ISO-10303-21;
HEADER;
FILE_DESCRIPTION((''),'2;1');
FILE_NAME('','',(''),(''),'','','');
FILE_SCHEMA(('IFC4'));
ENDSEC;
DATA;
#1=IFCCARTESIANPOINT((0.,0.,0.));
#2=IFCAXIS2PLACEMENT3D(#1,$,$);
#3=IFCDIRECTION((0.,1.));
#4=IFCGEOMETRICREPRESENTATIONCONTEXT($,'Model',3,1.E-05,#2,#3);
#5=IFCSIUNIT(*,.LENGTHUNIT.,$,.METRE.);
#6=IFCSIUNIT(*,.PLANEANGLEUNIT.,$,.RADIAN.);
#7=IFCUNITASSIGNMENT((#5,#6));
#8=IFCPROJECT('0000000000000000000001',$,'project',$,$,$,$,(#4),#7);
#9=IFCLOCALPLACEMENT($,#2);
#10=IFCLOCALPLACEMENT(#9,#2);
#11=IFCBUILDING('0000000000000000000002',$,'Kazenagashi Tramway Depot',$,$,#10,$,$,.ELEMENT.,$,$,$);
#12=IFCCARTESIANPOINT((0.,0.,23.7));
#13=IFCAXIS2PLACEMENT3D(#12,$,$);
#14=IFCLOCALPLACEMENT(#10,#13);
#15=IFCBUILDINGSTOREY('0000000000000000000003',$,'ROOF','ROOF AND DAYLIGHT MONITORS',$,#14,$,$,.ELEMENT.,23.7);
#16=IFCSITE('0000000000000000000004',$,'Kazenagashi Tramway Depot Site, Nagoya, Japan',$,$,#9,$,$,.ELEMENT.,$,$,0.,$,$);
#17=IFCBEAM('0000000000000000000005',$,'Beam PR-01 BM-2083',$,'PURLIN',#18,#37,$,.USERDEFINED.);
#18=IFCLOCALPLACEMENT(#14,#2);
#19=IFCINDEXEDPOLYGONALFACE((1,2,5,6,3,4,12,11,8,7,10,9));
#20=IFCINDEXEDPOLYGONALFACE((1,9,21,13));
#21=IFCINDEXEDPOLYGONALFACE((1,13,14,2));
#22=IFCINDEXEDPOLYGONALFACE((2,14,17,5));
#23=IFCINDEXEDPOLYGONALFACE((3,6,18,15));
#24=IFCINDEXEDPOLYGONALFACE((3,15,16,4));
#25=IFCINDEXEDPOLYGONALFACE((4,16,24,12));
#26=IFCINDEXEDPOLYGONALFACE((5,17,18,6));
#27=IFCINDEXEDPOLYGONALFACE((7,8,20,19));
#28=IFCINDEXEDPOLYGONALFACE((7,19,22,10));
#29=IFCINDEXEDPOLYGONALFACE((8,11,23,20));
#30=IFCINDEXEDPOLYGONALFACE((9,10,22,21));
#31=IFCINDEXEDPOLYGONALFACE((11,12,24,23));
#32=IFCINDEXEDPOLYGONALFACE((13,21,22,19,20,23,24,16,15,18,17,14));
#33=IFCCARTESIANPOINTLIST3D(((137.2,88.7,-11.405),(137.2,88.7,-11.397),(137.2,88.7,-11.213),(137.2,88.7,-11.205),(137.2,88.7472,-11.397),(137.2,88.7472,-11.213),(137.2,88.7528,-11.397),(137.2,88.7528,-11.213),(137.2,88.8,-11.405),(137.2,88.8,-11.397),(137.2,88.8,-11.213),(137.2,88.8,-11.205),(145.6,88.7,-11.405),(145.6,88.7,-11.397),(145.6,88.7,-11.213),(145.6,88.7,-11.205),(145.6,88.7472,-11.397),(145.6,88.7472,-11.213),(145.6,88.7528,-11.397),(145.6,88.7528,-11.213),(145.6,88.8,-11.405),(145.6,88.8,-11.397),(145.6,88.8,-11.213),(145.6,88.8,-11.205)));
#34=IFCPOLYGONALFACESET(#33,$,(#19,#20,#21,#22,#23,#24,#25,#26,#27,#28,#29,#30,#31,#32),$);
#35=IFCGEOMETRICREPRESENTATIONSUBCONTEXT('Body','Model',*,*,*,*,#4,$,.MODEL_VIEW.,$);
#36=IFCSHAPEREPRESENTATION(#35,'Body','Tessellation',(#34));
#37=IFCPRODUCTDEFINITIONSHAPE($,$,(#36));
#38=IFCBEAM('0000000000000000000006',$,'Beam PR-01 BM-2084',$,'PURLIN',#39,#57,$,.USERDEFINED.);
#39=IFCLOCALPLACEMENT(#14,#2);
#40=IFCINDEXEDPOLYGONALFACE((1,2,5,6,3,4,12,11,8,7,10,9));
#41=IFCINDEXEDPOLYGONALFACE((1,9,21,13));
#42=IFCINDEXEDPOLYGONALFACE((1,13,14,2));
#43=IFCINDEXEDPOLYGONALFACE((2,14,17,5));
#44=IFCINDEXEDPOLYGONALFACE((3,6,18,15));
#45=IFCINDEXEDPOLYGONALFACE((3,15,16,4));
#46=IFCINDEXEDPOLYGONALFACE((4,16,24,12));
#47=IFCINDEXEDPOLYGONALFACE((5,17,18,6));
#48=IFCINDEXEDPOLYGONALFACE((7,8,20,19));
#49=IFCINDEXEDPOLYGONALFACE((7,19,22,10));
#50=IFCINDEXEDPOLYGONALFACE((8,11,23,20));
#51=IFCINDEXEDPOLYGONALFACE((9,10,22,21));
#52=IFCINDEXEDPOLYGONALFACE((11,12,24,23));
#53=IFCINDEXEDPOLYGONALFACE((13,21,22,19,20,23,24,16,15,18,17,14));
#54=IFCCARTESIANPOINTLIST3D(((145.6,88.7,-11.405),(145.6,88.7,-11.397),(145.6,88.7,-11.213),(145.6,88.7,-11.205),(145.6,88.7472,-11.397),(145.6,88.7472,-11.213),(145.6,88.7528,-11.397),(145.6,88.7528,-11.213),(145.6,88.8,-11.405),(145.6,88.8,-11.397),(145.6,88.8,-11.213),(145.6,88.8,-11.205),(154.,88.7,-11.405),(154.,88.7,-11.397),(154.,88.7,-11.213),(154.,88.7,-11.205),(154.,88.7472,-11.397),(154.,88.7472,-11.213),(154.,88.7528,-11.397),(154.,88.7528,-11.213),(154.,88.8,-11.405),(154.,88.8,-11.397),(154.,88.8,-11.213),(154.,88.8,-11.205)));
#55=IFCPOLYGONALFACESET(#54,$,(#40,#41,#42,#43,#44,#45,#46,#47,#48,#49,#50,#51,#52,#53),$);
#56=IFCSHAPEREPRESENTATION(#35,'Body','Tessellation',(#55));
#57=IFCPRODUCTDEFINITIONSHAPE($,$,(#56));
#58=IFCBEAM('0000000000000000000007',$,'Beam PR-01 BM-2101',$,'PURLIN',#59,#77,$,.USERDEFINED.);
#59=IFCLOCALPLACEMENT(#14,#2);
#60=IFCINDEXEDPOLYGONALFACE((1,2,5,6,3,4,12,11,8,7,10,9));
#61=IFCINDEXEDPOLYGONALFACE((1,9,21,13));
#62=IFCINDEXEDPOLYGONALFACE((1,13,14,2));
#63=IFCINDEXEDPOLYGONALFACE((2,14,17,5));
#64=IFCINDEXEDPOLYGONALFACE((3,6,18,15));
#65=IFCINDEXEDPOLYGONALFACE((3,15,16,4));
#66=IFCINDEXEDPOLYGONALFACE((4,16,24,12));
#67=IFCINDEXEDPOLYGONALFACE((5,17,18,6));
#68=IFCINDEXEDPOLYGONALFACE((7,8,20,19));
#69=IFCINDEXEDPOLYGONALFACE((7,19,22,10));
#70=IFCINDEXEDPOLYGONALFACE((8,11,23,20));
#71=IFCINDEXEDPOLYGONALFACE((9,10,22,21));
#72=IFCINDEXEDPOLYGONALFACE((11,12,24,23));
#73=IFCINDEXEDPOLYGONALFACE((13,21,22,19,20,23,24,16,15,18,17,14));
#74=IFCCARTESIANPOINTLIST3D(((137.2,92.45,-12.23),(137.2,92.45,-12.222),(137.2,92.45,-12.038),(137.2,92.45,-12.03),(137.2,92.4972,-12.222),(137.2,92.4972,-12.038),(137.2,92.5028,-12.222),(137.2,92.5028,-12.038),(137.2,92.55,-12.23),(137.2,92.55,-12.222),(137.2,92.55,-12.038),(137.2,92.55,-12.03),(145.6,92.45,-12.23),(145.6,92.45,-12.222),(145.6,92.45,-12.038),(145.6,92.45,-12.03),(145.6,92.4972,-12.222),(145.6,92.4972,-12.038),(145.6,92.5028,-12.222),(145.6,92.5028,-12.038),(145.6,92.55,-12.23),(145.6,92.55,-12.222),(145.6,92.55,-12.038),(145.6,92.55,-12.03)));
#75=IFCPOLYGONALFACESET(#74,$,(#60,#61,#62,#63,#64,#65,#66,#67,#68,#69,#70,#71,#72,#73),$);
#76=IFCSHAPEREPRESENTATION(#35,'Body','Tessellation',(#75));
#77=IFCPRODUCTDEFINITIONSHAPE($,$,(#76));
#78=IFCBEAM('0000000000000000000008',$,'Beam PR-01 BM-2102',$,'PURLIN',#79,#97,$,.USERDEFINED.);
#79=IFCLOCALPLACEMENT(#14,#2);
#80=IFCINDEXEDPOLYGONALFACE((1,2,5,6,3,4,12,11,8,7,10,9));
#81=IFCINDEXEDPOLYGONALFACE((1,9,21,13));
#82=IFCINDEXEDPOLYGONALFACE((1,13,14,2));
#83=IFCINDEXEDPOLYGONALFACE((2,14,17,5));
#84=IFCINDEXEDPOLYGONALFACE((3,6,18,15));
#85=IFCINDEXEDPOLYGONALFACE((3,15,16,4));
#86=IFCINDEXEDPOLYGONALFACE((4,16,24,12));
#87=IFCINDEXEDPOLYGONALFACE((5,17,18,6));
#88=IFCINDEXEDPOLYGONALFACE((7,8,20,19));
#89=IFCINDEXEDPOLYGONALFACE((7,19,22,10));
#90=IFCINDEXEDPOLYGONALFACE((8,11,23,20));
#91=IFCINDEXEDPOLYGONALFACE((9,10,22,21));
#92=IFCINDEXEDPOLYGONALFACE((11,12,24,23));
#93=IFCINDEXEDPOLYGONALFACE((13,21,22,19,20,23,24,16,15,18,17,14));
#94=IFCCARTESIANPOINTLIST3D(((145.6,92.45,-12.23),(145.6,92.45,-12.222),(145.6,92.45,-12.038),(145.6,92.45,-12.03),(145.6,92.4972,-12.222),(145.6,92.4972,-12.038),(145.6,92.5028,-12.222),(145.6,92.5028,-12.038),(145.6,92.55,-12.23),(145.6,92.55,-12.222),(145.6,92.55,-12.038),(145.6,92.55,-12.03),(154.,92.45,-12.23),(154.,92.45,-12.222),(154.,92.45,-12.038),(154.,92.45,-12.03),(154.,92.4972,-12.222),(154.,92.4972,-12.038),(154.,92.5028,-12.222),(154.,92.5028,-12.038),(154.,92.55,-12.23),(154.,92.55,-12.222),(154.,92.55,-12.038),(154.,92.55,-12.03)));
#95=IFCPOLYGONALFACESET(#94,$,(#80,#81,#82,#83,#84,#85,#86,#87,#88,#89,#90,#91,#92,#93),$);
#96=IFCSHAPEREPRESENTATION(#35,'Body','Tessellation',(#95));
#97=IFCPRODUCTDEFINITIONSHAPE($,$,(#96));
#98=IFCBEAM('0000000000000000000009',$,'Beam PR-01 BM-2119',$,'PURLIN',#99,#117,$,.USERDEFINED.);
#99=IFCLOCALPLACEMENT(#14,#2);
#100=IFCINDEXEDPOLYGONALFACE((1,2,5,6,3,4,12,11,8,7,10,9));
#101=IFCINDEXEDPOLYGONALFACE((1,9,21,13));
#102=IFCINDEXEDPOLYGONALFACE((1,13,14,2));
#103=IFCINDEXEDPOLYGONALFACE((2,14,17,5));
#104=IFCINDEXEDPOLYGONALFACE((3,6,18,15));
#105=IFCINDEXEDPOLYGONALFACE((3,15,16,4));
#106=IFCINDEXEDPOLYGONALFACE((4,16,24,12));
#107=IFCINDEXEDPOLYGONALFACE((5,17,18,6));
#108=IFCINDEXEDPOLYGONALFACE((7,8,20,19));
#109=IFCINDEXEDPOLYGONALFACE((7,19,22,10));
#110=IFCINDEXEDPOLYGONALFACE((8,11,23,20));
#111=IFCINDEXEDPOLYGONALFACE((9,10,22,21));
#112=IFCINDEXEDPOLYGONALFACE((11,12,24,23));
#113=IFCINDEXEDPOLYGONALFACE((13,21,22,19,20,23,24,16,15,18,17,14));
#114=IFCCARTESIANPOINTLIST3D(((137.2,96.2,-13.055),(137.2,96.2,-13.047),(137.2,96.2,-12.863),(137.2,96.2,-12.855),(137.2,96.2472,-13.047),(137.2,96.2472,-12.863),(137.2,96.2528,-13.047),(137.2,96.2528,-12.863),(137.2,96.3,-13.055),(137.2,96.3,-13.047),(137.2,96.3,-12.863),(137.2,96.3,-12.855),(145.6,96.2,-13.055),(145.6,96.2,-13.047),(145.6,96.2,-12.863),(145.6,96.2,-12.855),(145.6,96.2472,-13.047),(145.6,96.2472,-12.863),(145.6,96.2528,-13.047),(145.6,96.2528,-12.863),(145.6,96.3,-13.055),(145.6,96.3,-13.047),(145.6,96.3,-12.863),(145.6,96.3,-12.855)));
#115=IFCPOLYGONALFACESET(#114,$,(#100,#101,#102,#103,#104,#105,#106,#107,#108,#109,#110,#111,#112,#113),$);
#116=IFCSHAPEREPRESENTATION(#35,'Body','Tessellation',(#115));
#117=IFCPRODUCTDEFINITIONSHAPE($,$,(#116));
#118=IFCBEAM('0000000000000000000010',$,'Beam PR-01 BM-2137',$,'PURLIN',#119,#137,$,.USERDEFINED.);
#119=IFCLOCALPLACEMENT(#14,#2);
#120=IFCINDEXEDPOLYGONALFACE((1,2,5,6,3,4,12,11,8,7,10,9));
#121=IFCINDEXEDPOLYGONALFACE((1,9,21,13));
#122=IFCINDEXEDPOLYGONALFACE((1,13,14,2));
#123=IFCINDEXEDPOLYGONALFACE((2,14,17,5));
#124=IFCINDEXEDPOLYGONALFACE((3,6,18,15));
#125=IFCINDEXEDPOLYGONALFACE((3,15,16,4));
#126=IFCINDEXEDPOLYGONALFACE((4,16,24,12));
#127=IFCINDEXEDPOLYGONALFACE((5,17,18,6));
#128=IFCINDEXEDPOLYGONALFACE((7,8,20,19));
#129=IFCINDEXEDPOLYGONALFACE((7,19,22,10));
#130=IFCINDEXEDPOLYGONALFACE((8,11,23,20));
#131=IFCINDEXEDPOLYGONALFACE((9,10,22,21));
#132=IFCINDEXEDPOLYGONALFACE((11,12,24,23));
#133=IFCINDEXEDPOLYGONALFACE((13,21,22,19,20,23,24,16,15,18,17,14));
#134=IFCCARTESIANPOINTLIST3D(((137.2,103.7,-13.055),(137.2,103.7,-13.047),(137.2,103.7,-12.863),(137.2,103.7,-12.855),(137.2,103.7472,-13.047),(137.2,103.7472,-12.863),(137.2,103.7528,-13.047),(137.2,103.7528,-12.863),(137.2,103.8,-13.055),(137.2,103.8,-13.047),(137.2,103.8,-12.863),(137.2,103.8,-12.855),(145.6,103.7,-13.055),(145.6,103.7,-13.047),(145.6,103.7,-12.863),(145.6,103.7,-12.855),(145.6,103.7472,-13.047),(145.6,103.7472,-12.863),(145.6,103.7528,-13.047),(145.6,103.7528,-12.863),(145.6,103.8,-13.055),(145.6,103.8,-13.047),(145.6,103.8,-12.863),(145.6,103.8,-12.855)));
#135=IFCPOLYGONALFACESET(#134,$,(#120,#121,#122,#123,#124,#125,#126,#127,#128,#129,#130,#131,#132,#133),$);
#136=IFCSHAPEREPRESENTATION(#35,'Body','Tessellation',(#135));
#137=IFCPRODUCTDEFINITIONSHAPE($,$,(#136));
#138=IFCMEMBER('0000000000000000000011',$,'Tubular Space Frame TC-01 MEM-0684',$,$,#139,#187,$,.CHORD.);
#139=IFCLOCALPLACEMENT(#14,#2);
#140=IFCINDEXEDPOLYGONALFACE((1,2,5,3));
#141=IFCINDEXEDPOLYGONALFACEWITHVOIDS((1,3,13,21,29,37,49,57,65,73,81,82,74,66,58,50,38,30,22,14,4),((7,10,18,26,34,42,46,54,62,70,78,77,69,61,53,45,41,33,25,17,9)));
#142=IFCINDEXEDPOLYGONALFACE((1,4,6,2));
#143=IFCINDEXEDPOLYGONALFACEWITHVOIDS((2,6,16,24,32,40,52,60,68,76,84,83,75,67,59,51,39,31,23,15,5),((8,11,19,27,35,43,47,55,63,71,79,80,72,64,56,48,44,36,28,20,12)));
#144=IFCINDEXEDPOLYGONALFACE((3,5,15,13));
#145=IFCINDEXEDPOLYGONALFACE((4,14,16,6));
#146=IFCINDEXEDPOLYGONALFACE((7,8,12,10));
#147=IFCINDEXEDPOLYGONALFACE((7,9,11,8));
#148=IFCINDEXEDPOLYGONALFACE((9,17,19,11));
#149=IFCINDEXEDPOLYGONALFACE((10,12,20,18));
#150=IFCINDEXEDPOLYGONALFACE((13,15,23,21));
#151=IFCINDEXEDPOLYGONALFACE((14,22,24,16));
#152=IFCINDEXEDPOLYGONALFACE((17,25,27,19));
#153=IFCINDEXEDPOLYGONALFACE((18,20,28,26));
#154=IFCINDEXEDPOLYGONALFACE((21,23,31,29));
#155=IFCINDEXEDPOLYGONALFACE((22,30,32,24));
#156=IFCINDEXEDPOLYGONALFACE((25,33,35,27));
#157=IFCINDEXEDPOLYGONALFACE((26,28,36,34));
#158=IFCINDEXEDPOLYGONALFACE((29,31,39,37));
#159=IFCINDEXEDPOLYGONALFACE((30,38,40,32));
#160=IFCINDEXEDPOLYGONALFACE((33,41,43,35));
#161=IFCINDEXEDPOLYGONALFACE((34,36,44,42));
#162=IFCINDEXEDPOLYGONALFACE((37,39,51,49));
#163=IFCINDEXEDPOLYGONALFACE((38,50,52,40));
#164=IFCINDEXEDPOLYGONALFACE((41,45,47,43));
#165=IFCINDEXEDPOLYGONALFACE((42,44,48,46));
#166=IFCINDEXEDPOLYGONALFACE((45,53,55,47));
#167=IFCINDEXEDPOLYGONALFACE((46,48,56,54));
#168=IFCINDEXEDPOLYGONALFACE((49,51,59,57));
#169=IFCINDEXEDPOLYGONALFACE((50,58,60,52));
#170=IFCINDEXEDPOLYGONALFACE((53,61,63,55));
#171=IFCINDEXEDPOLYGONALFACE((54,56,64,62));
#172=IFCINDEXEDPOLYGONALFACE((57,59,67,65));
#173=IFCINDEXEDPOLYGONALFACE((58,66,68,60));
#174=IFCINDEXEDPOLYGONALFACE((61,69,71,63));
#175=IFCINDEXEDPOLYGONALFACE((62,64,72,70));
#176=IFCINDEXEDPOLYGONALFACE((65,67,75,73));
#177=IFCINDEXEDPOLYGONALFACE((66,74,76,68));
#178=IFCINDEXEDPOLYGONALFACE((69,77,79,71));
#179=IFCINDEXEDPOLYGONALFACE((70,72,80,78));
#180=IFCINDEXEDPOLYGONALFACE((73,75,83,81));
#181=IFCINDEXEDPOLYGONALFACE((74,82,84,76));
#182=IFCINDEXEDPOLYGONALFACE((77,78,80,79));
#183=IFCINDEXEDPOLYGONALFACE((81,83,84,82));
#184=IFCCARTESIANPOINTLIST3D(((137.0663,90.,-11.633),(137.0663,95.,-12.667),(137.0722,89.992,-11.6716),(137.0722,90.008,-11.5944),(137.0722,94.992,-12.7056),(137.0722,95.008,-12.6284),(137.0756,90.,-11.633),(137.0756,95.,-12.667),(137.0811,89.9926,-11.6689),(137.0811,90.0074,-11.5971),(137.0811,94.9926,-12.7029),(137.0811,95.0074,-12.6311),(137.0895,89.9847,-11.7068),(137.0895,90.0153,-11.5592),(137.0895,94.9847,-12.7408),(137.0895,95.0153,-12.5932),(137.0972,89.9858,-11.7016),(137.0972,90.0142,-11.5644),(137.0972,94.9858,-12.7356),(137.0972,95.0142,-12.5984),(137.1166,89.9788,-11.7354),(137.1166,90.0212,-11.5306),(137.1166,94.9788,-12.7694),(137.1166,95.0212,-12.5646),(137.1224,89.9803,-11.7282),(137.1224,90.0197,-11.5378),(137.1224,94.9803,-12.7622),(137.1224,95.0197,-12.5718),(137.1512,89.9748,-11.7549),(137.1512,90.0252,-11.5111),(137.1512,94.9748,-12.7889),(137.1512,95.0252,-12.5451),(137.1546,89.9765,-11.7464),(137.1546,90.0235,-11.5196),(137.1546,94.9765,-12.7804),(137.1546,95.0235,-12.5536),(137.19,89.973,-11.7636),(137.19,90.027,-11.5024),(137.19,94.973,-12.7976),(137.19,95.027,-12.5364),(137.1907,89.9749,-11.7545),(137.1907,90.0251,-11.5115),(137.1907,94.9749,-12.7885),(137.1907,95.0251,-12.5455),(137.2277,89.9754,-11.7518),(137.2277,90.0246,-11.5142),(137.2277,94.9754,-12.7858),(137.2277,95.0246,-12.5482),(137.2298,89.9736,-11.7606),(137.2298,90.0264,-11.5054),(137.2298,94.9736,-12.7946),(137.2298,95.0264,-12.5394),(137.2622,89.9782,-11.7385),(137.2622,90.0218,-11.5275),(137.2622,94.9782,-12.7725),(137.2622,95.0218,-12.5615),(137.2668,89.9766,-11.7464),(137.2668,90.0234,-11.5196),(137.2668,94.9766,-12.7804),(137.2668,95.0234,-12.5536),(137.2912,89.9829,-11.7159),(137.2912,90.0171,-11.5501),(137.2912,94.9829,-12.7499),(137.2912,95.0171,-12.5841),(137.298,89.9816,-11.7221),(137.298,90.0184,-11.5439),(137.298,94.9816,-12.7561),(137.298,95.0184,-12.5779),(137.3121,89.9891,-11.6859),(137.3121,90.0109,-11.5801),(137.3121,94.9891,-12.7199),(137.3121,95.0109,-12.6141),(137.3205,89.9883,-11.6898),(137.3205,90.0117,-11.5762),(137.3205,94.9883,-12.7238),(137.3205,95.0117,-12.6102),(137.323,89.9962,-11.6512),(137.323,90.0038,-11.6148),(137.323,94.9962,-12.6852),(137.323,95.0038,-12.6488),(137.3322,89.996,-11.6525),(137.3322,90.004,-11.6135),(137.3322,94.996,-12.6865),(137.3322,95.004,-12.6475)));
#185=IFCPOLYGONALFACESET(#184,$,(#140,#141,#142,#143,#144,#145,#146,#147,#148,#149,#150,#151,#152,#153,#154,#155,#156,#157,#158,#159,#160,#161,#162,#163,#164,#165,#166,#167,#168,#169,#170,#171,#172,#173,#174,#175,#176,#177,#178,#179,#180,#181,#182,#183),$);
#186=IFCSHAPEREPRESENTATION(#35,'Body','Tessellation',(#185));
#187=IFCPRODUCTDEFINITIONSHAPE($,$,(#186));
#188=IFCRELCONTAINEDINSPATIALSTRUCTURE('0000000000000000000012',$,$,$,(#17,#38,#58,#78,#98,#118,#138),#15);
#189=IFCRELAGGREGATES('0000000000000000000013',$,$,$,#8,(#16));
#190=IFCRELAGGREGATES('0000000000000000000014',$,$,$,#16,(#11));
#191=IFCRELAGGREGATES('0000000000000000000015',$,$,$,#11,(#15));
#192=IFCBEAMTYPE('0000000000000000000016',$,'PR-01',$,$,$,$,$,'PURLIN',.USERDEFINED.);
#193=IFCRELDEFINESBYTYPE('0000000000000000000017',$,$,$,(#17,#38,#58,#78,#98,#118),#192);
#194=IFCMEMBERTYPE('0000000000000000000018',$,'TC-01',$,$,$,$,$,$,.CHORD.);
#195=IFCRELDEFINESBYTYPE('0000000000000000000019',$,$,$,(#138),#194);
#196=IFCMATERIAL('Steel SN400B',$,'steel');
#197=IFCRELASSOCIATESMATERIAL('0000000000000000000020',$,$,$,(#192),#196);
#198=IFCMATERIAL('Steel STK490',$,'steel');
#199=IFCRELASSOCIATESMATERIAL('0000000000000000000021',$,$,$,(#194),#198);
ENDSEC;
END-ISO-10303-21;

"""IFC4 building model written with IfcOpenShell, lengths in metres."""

from ifc_helpers import new_model, si_unit, direction, frame, origin, origin_2d, place, context, subcontext, project, spatial, hollow_circle, i_section, extrude, material, material_profile, profile_set, type_object, element, save


model = new_model("IFC4")

# Units and contexts
model_context = context("Model", 3, precision=1e-05, world=origin(), true_north=direction((0.0, 1.0)))
body_context = subcontext(model_context, "Body", "Model", "MODEL_VIEW")
ifc_project = project(units=[si_unit("LENGTHUNIT", "METRE"), si_unit("PLANEANGLEUNIT", "RADIAN")], contexts=[model_context])

# Site, building, storey
site_placement = place(None, origin())
site = spatial("IfcSite", under=ifc_project, at=site_placement, Name="Kazenagashi Tramway Depot Site, Nagoya, Japan", CompositionType="ELEMENT", RefElevation=0.0)
building_placement = place(site_placement, origin())
building = spatial("IfcBuilding", under=site, at=building_placement, Name="Kazenagashi Tramway Depot", CompositionType="ELEMENT")
storey_placement = place(building_placement, frame((0.0, 0.0, 23.7)))
storey = spatial("IfcBuildingStorey", under=building, at=storey_placement, Name="ROOF", Description="ROOF AND DAYLIGHT MONITORS", CompositionType="ELEMENT", Elevation=23.7)

# Beams
ifc_material_1 = material(Name="Steel SN400B", Category="steel")
ifc_material_profile_1 = material_profile(ifc_material_1, i_section(OverallWidth=0.1, OverallDepth=0.2, WebThickness=0.0055, FlangeThickness=0.008, at=origin_2d()), Name="H-200x100x5.5x8")
ifc_profile_set_1 = profile_set([ifc_material_profile_1], Name="Steel SN400B")
beam_type = type_object("IfcBeamType", Name="PR-01", ElementType="PURLIN", PredefinedType="USERDEFINED", material=ifc_profile_set_1)
for number, where, z_axis, x_axis, name in (
    (1, (137.2, 88.75, -11.305), (1.0, 0.0, 0.0), (0.0, 1.0, 0.0), "Beam PR-01 BM-2083"),
    (2, (145.6, 88.75, -11.305), (1.0, 0.0, 0.0), (0.0, 1.0, 0.0), "Beam PR-01 BM-2084"),
    (3, (137.2, 92.5, -12.13), (1.0, 0.0, 0.0), (0.0, 1.0, 0.0), "Beam PR-01 BM-2101"),
    (4, (145.6, 92.5, -12.13), (1.0, 0.0, 0.0), (0.0, 1.0, 0.0), "Beam PR-01 BM-2102"),
    (5, (137.2, 96.25, -12.955), (1.0, 0.0, 0.0), (0.0, 1.0, 0.0), "Beam PR-01 BM-2119"),
    (6, (137.2, 103.75, -12.955), (1.0, 0.0, 0.0), (0.0, 1.0, 0.0), "Beam PR-01 BM-2137"),
):
    element("IfcBeam", number, at=place(storey_placement, frame(where, z_axis=z_axis, x_axis=x_axis)), inside=storey, type_object=beam_type, Name=name, ObjectType="PURLIN", PredefinedType="USERDEFINED", context=body_context, shape_type="SweptSolid", body=[
        extrude(i_section(OverallWidth=0.1, OverallDepth=0.2, WebThickness=0.0055, FlangeThickness=0.008, at=origin_2d()), origin(), (0.0, 0.0, 1.0), 8.4),
    ])

# Member
ifc_material_2 = material(Name="Steel STK490", Category="steel")
ifc_material_profile_2 = material_profile(ifc_material_2, hollow_circle(Radius=0.1337, WallThickness=0.0093, at=origin_2d()), Name="CHS-267.4x9.3")
ifc_profile_set_2 = profile_set([ifc_material_profile_2], Name="Steel STK490")
member_type_1 = type_object("IfcMemberType", Name="TC-01", PredefinedType="CHORD", material=ifc_profile_set_2)
member_1_placement = place(storey_placement, frame((137.2, 90.0, -11.633), z_axis=(0.0, 0.979279, -0.202515), x_axis=(-1.0, 0.0, 0.0)))
element("IfcMember", 7, at=member_1_placement, inside=storey, type_object=member_type_1, Name="Tubular Space Frame TC-01 MEM-0684", PredefinedType="CHORD", context=body_context, shape_type="SweptSolid", body=[
    extrude(hollow_circle(Radius=0.1337, WallThickness=0.0093, at=origin_2d()), origin(), (0.0, 0.0, 1.0), 5.1058),
])

save(model, "model.ifc")
